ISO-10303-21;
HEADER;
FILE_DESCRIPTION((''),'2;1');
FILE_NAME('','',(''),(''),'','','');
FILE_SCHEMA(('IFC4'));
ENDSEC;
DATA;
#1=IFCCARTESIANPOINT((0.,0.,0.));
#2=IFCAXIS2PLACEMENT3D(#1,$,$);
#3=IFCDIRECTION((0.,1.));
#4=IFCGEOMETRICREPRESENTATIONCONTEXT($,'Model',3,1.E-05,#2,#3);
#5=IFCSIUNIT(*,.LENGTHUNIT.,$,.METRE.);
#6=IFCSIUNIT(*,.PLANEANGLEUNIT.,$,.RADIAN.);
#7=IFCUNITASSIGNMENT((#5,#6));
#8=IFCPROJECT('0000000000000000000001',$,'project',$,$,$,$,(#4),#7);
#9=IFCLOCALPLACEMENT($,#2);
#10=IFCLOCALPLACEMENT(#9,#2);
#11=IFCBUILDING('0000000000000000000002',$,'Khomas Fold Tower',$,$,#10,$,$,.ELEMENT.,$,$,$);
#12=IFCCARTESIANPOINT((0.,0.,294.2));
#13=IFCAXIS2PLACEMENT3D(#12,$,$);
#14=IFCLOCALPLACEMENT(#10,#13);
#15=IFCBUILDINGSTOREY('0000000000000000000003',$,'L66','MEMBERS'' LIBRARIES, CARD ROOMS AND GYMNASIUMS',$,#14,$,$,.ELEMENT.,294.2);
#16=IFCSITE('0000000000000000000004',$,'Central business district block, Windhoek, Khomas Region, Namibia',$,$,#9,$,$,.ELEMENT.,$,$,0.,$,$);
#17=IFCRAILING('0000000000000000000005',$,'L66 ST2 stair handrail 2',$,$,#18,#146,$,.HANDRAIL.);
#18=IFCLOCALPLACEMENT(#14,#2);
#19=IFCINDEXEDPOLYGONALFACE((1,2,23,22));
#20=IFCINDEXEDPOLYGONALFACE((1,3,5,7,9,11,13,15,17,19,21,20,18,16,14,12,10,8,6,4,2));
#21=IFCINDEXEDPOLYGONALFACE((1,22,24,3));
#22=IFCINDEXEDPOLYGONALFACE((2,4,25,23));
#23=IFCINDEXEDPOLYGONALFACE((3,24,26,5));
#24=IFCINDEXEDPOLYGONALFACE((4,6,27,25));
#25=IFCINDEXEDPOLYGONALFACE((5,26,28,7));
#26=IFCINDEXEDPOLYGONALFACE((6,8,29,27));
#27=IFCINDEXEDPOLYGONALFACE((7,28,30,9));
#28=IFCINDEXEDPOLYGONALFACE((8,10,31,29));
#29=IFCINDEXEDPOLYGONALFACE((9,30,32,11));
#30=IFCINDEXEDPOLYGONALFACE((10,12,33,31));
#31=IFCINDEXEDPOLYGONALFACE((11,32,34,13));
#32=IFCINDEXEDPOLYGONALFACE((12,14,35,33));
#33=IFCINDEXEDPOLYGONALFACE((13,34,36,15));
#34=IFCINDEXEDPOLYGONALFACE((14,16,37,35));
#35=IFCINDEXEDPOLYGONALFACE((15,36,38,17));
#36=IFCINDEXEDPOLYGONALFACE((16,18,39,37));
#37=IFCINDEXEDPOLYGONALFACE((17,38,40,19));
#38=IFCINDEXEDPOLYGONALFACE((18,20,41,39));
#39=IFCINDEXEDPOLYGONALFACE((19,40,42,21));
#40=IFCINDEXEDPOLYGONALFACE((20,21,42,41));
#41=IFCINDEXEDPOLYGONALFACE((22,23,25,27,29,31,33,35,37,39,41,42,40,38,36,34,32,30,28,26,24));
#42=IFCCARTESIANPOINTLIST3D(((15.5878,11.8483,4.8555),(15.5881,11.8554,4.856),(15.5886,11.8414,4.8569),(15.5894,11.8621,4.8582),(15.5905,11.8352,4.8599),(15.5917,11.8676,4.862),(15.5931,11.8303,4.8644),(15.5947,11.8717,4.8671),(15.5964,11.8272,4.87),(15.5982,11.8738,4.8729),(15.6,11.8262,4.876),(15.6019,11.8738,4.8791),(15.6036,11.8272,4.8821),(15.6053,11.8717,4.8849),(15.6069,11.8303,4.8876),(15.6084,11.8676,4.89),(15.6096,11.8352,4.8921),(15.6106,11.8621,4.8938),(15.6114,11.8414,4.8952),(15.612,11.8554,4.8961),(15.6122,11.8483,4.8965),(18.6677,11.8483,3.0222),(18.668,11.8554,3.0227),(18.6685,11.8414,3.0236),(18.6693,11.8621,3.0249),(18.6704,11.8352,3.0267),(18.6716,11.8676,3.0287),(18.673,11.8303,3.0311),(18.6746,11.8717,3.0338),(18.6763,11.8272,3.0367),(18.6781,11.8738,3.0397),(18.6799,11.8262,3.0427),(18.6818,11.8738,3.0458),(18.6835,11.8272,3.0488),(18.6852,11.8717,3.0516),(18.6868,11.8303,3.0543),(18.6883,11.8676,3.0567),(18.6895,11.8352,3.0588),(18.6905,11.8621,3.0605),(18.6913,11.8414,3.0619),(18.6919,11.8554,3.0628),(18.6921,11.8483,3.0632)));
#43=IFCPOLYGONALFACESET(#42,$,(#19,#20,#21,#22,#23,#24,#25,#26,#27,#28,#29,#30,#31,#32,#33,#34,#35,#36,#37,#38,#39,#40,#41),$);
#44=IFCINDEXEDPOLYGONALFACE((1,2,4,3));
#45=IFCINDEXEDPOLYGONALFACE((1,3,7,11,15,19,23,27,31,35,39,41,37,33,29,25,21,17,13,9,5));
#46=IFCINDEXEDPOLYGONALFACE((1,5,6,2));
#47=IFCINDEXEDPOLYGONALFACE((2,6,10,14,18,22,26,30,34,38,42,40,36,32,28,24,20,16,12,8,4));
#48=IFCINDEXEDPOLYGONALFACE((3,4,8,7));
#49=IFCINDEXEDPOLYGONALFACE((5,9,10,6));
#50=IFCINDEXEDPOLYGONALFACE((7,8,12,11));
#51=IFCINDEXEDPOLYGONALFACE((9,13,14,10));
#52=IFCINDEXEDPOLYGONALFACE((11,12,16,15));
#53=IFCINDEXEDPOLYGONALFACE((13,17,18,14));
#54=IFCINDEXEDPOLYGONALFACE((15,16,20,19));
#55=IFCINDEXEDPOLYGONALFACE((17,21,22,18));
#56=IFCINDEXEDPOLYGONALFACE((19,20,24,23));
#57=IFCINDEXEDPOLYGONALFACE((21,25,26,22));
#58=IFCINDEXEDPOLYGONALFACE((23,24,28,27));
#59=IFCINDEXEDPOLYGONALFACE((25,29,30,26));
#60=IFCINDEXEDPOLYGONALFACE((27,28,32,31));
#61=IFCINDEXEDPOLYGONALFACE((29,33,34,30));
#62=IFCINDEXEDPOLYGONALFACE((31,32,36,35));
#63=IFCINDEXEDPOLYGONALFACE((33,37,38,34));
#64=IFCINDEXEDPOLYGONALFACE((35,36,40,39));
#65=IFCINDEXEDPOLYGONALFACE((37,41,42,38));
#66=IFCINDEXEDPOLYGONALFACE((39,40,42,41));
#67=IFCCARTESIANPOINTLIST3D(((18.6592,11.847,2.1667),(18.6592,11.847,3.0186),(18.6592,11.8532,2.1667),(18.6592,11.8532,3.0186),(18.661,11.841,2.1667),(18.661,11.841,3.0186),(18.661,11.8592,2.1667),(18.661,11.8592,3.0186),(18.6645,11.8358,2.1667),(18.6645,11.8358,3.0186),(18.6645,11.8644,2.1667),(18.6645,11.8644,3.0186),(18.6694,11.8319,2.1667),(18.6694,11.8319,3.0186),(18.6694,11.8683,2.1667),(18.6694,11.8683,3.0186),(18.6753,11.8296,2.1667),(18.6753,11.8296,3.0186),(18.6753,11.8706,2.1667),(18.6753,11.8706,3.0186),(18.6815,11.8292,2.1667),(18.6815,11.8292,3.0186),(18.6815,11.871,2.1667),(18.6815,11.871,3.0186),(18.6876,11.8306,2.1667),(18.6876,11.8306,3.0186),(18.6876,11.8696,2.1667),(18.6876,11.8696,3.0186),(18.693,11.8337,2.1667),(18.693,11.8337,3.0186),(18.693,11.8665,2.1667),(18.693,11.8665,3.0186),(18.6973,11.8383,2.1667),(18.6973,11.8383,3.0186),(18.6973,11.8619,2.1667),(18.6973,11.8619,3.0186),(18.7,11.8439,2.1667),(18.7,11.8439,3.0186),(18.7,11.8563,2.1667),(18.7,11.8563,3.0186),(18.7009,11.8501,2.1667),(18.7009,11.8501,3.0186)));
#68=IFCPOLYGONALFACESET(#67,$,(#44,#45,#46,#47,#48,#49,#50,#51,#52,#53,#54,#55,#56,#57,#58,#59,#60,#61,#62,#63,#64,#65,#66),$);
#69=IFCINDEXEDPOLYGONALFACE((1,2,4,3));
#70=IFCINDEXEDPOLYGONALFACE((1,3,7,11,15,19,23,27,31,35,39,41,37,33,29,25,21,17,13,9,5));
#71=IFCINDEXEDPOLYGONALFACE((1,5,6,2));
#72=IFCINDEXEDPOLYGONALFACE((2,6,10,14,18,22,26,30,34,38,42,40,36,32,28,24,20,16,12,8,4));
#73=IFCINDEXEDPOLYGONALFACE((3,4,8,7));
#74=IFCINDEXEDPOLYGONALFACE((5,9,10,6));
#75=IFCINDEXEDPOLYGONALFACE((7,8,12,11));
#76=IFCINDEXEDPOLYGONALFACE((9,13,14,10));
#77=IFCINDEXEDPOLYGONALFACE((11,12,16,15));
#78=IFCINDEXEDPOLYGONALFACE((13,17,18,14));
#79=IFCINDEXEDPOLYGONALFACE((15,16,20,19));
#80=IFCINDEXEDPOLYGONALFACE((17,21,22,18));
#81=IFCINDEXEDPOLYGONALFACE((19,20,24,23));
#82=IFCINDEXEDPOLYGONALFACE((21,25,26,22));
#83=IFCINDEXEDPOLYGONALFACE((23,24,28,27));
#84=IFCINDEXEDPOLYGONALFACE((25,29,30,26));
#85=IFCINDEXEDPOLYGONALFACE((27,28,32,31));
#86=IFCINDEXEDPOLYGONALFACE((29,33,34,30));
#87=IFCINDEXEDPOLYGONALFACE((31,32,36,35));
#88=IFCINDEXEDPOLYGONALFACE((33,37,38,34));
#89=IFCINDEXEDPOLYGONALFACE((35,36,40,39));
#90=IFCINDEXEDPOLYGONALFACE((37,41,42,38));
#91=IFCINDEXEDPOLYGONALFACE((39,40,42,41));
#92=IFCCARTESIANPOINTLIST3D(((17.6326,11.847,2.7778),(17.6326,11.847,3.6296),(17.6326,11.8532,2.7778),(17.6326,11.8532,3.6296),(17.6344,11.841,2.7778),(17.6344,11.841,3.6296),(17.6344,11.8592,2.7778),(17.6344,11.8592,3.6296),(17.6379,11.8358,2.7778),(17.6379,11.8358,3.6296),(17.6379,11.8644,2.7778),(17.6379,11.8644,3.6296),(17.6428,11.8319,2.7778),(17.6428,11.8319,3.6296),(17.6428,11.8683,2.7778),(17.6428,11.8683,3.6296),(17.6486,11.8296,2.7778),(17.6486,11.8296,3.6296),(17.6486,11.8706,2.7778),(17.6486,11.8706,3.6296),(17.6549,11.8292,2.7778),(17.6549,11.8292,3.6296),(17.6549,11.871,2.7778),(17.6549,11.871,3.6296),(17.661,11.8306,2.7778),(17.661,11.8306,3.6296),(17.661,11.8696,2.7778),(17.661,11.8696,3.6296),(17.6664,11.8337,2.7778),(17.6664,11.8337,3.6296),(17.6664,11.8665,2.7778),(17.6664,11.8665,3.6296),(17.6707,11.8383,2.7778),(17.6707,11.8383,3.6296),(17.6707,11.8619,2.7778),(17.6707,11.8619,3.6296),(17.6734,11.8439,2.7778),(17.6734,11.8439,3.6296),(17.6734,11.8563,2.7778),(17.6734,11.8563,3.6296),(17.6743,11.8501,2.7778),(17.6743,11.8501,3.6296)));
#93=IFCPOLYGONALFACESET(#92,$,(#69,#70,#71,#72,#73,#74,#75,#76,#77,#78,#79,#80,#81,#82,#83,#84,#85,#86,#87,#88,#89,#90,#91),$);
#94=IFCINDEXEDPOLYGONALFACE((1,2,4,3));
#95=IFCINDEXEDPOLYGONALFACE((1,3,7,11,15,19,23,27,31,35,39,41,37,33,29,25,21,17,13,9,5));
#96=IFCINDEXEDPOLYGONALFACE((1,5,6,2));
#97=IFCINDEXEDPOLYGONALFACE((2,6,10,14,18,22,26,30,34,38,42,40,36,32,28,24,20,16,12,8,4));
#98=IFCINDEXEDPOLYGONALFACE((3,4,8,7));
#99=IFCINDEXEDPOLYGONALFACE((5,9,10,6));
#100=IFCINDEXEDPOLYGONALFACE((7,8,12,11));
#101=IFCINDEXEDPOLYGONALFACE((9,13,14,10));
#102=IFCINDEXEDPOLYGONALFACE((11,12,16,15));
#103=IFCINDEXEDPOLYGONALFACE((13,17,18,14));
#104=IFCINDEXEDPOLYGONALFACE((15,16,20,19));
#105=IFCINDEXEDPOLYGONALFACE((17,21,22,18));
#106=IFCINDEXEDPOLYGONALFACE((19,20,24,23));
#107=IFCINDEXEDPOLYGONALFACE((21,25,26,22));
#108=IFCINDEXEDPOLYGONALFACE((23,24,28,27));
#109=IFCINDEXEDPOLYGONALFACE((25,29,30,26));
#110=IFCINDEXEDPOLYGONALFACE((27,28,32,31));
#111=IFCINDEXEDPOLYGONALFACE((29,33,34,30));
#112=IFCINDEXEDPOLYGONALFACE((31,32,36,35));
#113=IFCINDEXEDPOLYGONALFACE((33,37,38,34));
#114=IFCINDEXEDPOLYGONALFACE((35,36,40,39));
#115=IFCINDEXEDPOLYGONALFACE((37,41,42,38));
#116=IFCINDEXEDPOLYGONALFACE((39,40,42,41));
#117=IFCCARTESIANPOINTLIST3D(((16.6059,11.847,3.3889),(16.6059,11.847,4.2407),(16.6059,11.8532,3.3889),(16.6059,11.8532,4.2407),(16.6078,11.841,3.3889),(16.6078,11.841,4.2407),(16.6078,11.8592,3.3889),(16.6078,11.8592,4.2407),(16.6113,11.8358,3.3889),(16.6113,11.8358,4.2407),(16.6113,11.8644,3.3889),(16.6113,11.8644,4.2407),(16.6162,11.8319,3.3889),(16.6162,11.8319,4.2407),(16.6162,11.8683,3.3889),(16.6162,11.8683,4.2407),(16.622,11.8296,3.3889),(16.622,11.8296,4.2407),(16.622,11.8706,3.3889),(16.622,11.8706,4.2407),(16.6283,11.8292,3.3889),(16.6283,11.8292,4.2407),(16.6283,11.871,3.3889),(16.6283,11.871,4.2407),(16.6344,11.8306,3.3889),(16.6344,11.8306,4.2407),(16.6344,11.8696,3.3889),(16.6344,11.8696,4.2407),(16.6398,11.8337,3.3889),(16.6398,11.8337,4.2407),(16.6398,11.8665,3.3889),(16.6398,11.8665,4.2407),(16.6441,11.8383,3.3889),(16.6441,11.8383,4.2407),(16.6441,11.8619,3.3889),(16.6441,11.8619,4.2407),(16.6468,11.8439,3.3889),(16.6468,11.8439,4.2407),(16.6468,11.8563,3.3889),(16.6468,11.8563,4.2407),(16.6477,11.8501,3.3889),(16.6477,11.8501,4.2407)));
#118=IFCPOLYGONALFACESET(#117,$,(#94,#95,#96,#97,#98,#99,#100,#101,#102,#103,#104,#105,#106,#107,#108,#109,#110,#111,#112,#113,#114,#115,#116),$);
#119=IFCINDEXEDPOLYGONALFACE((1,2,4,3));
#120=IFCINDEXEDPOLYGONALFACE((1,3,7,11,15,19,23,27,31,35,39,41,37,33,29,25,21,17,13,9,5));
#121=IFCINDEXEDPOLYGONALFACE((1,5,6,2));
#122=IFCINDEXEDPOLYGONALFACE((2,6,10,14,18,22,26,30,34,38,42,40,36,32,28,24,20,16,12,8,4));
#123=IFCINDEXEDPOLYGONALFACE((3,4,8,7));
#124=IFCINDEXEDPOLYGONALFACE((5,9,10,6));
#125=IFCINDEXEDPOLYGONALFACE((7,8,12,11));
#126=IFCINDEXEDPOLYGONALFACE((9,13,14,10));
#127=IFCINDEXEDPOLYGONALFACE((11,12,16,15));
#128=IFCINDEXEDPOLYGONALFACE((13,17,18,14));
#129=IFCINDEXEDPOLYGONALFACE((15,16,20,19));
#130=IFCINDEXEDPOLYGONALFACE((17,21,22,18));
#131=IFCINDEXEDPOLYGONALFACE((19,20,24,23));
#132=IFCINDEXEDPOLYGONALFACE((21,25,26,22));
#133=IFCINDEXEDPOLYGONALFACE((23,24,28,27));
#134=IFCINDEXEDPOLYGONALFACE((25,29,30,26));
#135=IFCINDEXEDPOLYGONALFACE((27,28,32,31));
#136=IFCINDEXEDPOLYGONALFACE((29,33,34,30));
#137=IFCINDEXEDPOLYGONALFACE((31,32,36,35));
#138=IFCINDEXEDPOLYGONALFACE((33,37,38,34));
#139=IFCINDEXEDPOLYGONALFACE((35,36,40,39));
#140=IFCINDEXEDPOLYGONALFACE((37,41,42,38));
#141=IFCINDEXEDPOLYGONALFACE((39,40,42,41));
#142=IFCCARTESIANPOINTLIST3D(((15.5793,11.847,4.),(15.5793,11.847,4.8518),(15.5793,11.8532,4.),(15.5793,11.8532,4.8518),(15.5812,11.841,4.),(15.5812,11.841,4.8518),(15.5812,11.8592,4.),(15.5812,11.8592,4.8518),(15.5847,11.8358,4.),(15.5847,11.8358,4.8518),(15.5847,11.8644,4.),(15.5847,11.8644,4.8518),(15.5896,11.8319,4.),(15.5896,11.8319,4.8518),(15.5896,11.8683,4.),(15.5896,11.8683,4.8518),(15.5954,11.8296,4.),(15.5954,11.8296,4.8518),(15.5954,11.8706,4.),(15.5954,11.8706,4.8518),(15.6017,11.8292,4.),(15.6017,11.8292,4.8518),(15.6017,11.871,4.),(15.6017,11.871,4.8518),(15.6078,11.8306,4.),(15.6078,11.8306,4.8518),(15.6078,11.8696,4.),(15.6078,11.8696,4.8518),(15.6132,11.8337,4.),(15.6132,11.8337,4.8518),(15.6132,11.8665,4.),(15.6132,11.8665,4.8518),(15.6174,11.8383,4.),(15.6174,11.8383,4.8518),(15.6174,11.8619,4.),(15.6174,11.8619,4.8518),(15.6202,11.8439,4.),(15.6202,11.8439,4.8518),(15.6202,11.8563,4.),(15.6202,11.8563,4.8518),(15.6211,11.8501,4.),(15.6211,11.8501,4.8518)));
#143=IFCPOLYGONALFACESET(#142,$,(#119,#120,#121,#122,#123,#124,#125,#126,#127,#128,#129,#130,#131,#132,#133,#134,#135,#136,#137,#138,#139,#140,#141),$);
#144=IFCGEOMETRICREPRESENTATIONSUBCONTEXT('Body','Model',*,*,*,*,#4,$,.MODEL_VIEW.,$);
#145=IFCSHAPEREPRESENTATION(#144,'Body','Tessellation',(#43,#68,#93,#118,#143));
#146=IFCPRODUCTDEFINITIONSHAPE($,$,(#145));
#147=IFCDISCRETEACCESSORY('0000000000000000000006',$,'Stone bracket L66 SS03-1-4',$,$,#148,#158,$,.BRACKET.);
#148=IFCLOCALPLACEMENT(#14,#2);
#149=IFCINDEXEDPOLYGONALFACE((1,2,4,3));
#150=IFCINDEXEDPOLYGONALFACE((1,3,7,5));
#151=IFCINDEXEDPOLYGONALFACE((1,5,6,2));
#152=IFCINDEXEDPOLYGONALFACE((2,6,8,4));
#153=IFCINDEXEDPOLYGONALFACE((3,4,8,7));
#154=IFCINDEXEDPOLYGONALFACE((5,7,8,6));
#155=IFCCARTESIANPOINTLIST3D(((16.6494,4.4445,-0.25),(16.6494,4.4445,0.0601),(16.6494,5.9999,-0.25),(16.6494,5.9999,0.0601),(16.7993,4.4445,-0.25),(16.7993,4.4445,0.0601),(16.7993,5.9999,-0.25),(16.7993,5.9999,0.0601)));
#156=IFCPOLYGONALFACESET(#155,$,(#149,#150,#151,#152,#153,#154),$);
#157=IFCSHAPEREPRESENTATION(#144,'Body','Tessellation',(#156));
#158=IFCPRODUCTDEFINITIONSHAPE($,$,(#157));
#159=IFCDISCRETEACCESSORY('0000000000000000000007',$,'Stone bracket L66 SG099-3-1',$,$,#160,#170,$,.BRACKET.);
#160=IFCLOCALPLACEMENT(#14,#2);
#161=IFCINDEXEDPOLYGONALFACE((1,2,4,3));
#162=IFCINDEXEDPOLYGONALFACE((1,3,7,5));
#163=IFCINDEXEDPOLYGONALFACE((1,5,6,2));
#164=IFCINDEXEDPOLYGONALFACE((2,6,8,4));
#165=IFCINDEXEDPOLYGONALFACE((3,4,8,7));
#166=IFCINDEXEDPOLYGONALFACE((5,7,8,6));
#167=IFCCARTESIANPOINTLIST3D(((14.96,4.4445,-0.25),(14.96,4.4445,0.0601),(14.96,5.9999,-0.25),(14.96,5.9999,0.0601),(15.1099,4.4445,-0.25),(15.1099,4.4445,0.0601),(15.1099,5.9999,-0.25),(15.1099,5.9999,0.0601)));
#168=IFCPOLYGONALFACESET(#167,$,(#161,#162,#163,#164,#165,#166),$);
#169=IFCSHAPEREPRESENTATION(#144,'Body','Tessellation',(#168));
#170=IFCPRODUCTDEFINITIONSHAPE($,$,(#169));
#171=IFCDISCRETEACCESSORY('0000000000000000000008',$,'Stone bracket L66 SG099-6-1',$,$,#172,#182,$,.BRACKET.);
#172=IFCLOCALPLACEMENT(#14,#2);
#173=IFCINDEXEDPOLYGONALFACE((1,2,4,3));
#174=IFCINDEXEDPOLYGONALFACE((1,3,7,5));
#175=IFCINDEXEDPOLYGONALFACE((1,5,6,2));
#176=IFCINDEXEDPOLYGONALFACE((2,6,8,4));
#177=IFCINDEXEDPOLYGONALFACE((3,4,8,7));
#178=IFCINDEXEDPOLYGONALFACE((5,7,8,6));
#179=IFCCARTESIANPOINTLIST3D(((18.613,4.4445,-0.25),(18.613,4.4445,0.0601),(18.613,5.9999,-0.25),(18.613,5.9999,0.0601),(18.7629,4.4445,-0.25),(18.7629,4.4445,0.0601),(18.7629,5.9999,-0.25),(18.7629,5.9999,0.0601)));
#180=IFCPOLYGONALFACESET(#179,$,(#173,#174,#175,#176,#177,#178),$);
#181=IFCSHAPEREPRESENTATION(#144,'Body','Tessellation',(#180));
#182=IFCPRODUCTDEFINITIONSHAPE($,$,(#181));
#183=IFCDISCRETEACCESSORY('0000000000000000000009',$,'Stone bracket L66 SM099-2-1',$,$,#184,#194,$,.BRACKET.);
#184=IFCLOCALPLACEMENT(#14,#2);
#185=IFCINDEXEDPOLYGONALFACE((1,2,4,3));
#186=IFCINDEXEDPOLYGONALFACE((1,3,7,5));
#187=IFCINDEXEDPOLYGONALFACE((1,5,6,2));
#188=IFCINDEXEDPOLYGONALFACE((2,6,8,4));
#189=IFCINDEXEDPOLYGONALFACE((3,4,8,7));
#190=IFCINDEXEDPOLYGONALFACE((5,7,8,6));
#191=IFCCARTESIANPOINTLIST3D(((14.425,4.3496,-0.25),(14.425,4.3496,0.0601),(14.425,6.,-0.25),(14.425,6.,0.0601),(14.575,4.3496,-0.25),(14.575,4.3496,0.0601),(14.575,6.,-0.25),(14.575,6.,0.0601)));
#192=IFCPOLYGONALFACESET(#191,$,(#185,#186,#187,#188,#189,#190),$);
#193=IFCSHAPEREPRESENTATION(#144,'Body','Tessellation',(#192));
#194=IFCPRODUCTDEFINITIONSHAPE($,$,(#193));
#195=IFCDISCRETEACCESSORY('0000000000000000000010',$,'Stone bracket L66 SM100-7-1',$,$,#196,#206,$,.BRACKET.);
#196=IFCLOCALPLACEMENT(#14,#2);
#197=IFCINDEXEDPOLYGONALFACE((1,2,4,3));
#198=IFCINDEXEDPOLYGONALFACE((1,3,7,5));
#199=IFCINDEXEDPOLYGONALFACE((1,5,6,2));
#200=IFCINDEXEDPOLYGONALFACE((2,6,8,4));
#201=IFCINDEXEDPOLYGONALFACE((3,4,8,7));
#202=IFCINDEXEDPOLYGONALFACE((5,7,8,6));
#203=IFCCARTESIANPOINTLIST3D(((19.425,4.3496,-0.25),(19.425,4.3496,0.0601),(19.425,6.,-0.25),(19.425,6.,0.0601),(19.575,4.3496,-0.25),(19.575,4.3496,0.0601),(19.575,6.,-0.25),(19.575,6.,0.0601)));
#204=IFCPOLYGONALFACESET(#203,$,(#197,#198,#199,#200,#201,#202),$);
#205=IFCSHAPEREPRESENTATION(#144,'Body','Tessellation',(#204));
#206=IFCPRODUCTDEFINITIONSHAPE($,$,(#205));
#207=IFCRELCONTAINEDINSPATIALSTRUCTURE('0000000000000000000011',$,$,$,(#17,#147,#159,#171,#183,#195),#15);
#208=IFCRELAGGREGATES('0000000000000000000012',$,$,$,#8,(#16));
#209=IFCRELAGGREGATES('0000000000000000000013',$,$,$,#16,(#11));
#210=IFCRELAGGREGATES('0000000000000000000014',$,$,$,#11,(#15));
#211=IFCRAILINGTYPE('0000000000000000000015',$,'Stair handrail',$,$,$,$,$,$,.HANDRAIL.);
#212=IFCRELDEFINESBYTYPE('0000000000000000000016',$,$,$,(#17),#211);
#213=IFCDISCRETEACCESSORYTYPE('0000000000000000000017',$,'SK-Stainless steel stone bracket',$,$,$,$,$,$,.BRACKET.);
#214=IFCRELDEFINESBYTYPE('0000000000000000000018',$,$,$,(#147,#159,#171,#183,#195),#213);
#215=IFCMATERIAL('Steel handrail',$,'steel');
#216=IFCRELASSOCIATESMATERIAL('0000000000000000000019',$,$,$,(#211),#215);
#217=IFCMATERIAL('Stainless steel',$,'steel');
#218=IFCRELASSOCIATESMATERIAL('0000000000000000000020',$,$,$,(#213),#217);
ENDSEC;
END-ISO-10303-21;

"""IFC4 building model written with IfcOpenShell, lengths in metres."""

from ifc_helpers import new_model, si_unit, direction, frame, origin, origin_2d, place, context, subcontext, project, spatial, rectangle, circle, extrude, source, transform, mapped, material, type_object, element, save


model = new_model("IFC4")

# Units and contexts
model_context = context("Model", 3, precision=1e-05, world=origin(), true_north=direction((0.0, 1.0)))
body_context = subcontext(model_context, "Body", "Model", "MODEL_VIEW")
ifc_project = project(units=[si_unit("LENGTHUNIT", "METRE"), si_unit("PLANEANGLEUNIT", "RADIAN")], contexts=[model_context])

# Site, building, storey
site_placement = place(None, origin())
site = spatial("IfcSite", under=ifc_project, at=site_placement, Name="Central business district block, Windhoek, Khomas Region, Namibia", CompositionType="ELEMENT", RefElevation=0.0)
building_placement = place(site_placement, origin())
building = spatial("IfcBuilding", under=site, at=building_placement, Name="Khomas Fold Tower", CompositionType="ELEMENT")
storey_placement = place(building_placement, frame((0.0, 0.0, 294.2)))
storey = spatial("IfcBuildingStorey", under=building, at=storey_placement, Name="L66", Description="MEMBERS' LIBRARIES, CARD ROOMS AND GYMNASIUMS", CompositionType="ELEMENT", Elevation=294.2)

# Railing
ifc_material_1 = material(Name="Steel handrail", Category="steel")
railing_type_1 = type_object("IfcRailingType", Name="Stair handrail", PredefinedType="HANDRAIL", material=ifc_material_1)
shared_shape_1 = source(origin(), body_context, "Body", "SweptSolid", [
    extrude(circle(Radius=0.0239, at=origin_2d()), frame((0.0, 0.0, 0.876), z_axis=(-0.859291, 0.0, 0.511487), x_axis=(0.0, -1.0, 0.0)), (0.0, 0.0, 1.0), 3.5842),
    extrude(circle(Radius=0.021, at=origin_2d()), origin(), (0.0, 0.0, 1.0), 0.8518),
    extrude(circle(Radius=0.021, at=origin_2d()), frame((-1.0266, 0.0, 0.6111)), (0.0, 0.0, 1.0), 0.8518),
    extrude(circle(Radius=0.021, at=origin_2d()), frame((-2.0532, 0.0, 1.2222)), (0.0, 0.0, 1.0), 0.8518),
    extrude(circle(Radius=0.021, at=origin_2d()), frame((-3.0798, 0.0, 1.8333)), (0.0, 0.0, 1.0), 0.8518),
])
railing_1_placement = place(storey_placement, frame((18.6799, 11.8501, 2.1667)))
element("IfcRailing", 1, at=railing_1_placement, inside=storey, type_object=railing_type_1, Name="L66 ST2 stair handrail 2", PredefinedType="HANDRAIL", context=body_context, shape_type="MappedRepresentation", body=[
    mapped(shared_shape_1, transform((0.0, 0.0, 0.0))),
])

# Discrete accessories
ifc_material_2 = material(Name="Stainless steel", Category="steel")
discrete_accessory_type = type_object("IfcDiscreteAccessoryType", Name="SK-Stainless steel stone bracket", PredefinedType="BRACKET", material=ifc_material_2)
shared_shape_2 = source(origin(), body_context, "Body", "SweptSolid", [
    extrude(rectangle(XDim=1.5554, YDim=0.1499, at=origin_2d()), origin(), (0.0, 0.0, 1.0), 0.3101),
])
for number, where, z_axis, x_axis, name in (
    (2, (16.7244, 5.2222, -0.25), (0.0, 0.0, 1.0), (0.0, -1.0, 0.0), "Stone bracket L66 SS03-1-4"),
    (3, (15.0349, 5.2222, -0.25), (0.0, 0.0, 1.0), (0.0, -1.0, 0.0), "Stone bracket L66 SG099-3-1"),
    (4, (18.688, 5.2222, -0.25), (0.0, 0.0, 1.0), (0.0, -1.0, 0.0), "Stone bracket L66 SG099-6-1"),
):
    element("IfcDiscreteAccessory", number, at=place(storey_placement, frame(where, z_axis=z_axis, x_axis=x_axis)), inside=storey, type_object=discrete_accessory_type, Name=name, PredefinedType="BRACKET", context=body_context, shape_type="MappedRepresentation", body=[
        mapped(shared_shape_2, transform((0.0, 0.0, 0.0))),
    ])
shared_shape_3 = source(origin(), body_context, "Body", "SweptSolid", [
    extrude(rectangle(XDim=1.6504, YDim=0.1499, at=origin_2d()), origin(), (0.0, 0.0, 1.0), 0.3101),
])
for number, where, z_axis, x_axis, name in (
    (5, (14.5, 5.1748, -0.25), (0.0, 0.0, 1.0), (0.0, -1.0, 0.0), "Stone bracket L66 SM099-2-1"),
    (6, (19.5, 5.1748, -0.25), (0.0, 0.0, 1.0), (0.0, -1.0, 0.0), "Stone bracket L66 SM100-7-1"),
):
    element("IfcDiscreteAccessory", number, at=place(storey_placement, frame(where, z_axis=z_axis, x_axis=x_axis)), inside=storey, type_object=discrete_accessory_type, Name=name, PredefinedType="BRACKET", context=body_context, shape_type="MappedRepresentation", body=[
        mapped(shared_shape_3, transform((0.0, 0.0, 0.0))),
    ])

save(model, "model.ifc")
